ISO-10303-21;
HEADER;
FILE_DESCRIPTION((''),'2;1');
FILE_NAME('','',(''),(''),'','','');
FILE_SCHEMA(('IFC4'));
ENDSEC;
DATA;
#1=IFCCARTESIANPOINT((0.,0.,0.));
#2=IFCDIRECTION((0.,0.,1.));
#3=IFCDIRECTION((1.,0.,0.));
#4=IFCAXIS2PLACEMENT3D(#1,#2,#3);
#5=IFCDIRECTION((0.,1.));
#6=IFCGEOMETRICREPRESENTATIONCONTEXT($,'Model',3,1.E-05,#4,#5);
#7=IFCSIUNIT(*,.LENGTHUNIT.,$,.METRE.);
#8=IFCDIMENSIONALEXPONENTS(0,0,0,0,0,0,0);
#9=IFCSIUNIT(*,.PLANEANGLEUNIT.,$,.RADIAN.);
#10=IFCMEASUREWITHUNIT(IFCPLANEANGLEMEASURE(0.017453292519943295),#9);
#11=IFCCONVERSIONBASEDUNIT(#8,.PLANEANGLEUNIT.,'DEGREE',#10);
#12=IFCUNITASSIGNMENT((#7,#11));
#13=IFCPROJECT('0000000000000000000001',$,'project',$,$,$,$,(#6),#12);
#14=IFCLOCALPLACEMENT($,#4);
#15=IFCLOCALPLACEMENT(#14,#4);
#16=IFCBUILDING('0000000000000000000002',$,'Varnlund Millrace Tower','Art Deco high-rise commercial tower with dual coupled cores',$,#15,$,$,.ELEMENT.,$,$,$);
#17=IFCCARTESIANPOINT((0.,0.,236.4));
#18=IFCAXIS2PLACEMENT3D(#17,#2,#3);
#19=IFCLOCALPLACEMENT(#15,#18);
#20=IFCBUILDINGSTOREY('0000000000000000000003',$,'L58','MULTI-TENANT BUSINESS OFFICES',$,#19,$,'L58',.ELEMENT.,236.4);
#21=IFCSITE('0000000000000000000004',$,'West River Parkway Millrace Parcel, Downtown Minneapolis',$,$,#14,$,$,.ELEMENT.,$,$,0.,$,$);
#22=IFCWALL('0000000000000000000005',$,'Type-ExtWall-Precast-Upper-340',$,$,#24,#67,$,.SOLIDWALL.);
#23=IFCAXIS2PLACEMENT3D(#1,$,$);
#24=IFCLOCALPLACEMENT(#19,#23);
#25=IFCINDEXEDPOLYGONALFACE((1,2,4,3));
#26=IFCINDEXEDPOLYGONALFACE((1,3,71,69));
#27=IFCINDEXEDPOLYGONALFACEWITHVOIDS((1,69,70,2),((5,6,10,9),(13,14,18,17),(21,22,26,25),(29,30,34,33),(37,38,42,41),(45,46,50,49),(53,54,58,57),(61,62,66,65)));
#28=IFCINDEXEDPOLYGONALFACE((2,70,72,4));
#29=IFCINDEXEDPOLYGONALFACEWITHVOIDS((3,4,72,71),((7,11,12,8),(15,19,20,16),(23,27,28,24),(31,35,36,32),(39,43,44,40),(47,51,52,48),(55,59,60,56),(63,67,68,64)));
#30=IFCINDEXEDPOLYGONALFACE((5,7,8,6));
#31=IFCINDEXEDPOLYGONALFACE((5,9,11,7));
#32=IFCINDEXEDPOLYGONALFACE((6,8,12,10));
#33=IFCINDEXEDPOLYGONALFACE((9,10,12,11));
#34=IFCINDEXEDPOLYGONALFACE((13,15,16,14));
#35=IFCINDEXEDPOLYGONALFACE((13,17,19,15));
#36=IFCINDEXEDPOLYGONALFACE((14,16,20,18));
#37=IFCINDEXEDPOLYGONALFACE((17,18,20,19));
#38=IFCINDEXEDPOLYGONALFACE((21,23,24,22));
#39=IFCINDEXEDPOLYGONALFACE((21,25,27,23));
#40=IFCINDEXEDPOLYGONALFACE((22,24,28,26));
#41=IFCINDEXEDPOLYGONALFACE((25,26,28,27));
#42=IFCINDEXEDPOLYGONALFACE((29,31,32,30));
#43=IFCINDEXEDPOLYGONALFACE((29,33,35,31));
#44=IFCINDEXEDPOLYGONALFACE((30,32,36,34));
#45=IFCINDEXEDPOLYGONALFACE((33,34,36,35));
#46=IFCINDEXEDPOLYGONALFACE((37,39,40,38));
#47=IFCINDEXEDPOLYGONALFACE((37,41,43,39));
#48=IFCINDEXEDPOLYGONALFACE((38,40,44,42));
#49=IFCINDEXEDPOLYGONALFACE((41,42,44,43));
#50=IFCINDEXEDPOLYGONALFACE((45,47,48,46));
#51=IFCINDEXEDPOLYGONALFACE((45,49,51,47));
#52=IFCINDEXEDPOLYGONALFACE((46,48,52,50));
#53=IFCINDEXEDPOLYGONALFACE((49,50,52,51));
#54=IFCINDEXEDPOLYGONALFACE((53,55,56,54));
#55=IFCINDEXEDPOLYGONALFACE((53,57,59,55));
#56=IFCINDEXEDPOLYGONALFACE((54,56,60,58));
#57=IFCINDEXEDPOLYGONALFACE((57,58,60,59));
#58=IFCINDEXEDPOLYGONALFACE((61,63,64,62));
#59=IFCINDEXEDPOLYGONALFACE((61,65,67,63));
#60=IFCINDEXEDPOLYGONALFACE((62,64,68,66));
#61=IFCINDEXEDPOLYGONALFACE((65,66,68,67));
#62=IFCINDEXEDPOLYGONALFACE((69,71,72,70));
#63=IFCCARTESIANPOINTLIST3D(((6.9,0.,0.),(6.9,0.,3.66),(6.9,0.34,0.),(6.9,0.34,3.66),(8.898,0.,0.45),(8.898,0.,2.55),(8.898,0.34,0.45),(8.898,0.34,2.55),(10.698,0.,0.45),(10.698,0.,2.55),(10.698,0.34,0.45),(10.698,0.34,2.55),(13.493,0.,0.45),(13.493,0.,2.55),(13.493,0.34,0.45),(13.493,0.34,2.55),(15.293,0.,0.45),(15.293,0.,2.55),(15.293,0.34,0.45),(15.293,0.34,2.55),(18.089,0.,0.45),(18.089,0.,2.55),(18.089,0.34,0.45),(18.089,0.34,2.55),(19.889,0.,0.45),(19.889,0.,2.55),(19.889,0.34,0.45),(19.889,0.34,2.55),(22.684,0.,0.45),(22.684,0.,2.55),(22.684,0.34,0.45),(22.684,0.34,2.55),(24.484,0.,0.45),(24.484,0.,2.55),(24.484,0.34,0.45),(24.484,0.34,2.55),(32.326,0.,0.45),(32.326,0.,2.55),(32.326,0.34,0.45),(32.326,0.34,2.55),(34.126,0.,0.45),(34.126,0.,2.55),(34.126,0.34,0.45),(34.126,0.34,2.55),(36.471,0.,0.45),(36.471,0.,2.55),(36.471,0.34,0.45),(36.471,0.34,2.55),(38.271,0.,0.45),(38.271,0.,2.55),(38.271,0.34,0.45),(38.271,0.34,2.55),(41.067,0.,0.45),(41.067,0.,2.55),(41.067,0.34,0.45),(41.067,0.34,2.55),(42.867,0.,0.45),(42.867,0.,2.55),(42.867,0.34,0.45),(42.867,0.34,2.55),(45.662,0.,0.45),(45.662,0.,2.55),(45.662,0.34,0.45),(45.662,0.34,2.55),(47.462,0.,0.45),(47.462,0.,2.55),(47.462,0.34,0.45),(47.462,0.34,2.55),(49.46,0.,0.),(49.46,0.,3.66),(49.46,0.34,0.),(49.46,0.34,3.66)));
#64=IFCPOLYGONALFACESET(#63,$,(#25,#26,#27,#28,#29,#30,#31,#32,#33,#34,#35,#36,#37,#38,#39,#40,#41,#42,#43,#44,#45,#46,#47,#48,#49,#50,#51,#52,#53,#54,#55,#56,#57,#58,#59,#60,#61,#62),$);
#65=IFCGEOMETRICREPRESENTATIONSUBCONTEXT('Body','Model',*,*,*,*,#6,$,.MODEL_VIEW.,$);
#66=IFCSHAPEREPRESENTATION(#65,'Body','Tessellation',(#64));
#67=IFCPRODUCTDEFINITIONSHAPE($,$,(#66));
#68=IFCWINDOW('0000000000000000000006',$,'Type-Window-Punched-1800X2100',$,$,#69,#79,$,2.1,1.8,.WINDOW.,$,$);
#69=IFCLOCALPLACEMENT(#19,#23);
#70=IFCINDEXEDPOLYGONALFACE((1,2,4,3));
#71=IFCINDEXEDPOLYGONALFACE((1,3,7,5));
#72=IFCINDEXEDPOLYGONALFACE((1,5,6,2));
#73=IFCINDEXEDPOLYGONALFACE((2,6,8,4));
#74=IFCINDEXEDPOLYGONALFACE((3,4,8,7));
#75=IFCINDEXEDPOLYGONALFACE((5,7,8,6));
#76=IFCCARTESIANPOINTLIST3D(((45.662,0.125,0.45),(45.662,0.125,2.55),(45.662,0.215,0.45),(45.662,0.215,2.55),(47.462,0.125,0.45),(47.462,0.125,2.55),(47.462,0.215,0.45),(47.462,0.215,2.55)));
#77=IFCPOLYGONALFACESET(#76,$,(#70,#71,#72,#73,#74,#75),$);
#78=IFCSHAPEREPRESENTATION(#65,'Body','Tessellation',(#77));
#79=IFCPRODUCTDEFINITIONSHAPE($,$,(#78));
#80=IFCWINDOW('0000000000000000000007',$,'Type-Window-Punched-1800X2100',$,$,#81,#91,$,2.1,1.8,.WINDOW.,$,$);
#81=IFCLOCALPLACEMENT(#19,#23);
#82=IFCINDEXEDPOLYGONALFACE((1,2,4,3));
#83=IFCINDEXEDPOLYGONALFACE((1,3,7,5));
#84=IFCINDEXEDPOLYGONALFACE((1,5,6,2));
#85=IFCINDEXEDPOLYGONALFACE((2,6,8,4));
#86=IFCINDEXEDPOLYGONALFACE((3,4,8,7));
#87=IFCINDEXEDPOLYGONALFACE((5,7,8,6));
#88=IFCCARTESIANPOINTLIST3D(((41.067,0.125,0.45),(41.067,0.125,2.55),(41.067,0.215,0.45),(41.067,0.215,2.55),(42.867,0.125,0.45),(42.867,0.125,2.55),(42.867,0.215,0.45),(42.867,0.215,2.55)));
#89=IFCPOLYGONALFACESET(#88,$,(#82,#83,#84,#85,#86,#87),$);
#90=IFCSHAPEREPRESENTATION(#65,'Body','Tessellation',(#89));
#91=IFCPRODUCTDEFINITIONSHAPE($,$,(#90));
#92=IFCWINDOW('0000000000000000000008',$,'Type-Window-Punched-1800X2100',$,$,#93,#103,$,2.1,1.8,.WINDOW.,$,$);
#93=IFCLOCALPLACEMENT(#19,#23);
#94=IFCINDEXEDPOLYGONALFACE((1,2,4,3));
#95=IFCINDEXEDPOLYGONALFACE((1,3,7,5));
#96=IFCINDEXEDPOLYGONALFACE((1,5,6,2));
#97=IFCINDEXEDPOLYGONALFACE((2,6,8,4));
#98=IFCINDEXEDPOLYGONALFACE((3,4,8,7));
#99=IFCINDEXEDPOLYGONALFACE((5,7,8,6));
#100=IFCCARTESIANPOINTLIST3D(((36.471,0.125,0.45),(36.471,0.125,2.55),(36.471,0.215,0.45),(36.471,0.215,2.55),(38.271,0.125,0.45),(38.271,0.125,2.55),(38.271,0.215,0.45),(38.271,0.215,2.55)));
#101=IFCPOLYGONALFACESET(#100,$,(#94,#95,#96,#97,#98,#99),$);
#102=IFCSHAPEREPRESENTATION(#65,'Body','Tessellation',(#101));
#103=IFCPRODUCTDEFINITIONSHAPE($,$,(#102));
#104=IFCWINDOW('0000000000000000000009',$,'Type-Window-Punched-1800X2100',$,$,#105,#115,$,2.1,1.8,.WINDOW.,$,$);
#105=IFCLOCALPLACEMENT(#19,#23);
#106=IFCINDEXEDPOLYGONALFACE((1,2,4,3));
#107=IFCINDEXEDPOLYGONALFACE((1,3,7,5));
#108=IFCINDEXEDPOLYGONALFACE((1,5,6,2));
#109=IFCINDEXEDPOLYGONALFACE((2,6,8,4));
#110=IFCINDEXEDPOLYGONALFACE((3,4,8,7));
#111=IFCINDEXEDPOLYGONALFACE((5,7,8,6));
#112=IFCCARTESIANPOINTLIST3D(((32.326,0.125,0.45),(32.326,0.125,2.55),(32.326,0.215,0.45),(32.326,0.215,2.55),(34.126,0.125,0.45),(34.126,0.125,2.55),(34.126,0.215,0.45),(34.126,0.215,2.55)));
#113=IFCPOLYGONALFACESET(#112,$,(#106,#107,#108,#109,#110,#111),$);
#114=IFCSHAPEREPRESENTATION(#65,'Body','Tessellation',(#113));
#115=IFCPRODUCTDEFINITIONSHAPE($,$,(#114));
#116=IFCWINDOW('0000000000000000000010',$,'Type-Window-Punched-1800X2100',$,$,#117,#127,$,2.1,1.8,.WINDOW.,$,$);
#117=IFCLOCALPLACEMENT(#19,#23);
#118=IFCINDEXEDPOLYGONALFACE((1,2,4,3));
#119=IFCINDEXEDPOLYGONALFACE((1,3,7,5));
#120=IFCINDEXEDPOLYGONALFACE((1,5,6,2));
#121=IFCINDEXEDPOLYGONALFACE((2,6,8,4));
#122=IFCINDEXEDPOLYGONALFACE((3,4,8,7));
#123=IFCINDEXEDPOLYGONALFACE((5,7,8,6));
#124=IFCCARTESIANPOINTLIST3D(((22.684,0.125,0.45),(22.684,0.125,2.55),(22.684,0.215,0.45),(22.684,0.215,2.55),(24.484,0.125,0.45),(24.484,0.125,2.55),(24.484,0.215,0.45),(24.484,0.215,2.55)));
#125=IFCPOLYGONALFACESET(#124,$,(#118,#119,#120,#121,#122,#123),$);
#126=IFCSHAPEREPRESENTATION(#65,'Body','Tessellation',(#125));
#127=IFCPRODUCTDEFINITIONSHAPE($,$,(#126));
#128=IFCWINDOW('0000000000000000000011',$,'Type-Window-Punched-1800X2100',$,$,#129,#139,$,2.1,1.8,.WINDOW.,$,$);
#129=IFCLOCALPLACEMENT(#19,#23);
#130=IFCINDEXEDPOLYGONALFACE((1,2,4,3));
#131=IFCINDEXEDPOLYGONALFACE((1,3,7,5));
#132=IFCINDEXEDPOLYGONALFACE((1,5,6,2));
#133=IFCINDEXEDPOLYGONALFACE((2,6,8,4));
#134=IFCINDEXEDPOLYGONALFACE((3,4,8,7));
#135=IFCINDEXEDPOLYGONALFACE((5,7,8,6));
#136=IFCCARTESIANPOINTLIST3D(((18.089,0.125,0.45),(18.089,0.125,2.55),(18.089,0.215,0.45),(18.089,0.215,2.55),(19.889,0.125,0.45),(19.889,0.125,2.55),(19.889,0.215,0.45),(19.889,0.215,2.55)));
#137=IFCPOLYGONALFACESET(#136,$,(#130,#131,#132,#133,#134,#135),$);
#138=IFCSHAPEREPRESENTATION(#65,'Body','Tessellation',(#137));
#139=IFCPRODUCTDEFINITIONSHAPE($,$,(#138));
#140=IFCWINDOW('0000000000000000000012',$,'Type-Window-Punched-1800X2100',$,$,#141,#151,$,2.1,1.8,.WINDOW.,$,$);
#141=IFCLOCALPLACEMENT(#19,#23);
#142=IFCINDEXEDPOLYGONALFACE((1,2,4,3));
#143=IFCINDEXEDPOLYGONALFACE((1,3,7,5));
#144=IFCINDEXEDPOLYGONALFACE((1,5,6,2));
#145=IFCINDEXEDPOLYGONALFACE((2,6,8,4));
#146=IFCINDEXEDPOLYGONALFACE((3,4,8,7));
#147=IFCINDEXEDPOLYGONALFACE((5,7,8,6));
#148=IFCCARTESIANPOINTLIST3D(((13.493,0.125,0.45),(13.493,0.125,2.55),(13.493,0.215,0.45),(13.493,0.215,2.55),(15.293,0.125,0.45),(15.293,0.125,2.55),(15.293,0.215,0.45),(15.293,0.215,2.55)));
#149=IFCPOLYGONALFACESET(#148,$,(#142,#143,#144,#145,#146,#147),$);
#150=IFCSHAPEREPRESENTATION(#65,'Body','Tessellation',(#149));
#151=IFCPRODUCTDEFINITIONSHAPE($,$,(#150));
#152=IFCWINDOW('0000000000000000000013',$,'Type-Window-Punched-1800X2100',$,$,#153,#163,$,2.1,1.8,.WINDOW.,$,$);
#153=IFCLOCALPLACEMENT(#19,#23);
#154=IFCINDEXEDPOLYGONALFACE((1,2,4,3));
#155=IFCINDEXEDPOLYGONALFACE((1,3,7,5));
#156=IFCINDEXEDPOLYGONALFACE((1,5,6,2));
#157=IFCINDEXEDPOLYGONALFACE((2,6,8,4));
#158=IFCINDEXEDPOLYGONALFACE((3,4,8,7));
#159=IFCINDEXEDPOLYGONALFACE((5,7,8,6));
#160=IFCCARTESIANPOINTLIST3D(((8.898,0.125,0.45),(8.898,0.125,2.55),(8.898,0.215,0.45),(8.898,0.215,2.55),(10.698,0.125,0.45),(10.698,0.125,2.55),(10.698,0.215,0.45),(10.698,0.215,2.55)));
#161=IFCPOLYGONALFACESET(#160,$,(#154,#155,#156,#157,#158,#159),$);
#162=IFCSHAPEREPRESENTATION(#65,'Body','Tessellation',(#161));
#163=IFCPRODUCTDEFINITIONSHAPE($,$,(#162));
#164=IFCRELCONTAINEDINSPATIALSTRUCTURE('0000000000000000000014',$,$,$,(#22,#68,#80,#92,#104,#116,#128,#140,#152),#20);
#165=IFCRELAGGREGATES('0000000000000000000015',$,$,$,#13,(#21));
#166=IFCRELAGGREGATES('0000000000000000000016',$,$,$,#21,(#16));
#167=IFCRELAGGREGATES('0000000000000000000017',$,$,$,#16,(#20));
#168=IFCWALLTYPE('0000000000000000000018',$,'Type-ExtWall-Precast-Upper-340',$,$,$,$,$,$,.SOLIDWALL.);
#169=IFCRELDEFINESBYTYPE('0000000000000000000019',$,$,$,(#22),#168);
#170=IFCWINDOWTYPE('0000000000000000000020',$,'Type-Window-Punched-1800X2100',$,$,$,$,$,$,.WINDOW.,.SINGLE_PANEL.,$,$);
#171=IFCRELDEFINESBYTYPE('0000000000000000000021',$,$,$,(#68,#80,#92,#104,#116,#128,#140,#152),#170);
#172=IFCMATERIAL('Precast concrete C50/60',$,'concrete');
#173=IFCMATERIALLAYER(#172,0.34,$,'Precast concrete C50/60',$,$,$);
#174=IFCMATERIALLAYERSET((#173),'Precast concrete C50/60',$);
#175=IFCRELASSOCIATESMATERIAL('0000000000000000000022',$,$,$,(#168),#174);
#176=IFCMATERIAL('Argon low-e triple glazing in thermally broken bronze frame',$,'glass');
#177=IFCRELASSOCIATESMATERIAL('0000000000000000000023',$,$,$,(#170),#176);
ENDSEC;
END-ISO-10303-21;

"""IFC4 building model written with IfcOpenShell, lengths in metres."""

from ifc_helpers import new_model, entity, si_unit, converted_unit, direction, frame, origin_with_axes, origin_2d_with_axis, place, context, subcontext, project, spatial, polyline, rectangle, outline, extrude, material, layer, layer_set, type_object, element, fill, save


model = new_model("IFC4")

# Units and contexts
model_context = context("Model", 3, precision=1e-05, world=origin_with_axes(), true_north=direction((0.0, 1.0)))
body_context = subcontext(model_context, "Body", "Model", "MODEL_VIEW")
ifc_project = project(units=[si_unit("LENGTHUNIT", "METRE"), converted_unit("PLANEANGLEUNIT", "DEGREE", entity("IfcPlaneAngleMeasure", 0.017453292519943295), si_unit("PLANEANGLEUNIT", "RADIAN"), dimensions=[0, 0, 0, 0, 0, 0, 0])], contexts=[model_context])

# Site, building, storey
site_placement = place(None, origin_with_axes())
site = spatial("IfcSite", under=ifc_project, at=site_placement, Name="West River Parkway Millrace Parcel, Downtown Minneapolis", CompositionType="ELEMENT", RefElevation=0.0)
building_placement = place(site_placement, origin_with_axes())
building = spatial("IfcBuilding", under=site, at=building_placement, Name="Varnlund Millrace Tower", Description="Art Deco high-rise commercial tower with dual coupled cores", CompositionType="ELEMENT")
storey_placement = place(building_placement, frame((0.0, 0.0, 236.4), z_axis=(0.0, 0.0, 1.0), x_axis=(1.0, 0.0, 0.0)))
storey = spatial("IfcBuildingStorey", under=building, at=storey_placement, Name="L58", Description="MULTI-TENANT BUSINESS OFFICES", LongName="L58", CompositionType="ELEMENT", Elevation=236.4)

# Shared definitions
ifc_material_1 = material(Name="Precast concrete C50/60", Category="concrete")
ifc_layer_1 = layer(ifc_material_1, 0.34, Name="Precast concrete C50/60")
ifc_layer_set_1 = layer_set([ifc_layer_1], Name="Precast concrete C50/60")
wall_type_1 = type_object("IfcWallType", Name="Type-ExtWall-Precast-Upper-340", PredefinedType="SOLIDWALL", material=ifc_layer_set_1)

# Wall, openings, windows
wall_1_placement = place(storey_placement, frame((49.46, 0.17, 0.0), z_axis=(0.0, 0.0, 1.0), x_axis=(-1.0, 0.0, 0.0)))
wall_1 = element("IfcWall", 1, at=wall_1_placement, inside=storey, type_object=wall_type_1, Name="Type-ExtWall-Precast-Upper-340", PredefinedType="SOLIDWALL", context=body_context, shape_type="SweptSolid", body=[
    extrude(outline(polyline([(0.0, -0.17), (42.56, -0.17), (42.56, 0.17), (0.0, 0.17), (0.0, -0.17)])), origin_with_axes(), (0.0, 0.0, 1.0), 3.66),
])
opening_1_placement = place(wall_1_placement, frame((2.898, 0.0, 0.45), z_axis=(0.0, 0.0, 1.0), x_axis=(1.0, 0.0, 0.0)))
opening_1 = element("IfcOpeningElement", 2, at=opening_1_placement, cuts=wall_1, PredefinedType="OPENING", context=body_context, shape_type="SweptSolid", body=[
    extrude(rectangle(XDim=1.8, YDim=0.36, at=origin_2d_with_axis()), origin_with_axes(), (0.0, 0.0, 1.0), 2.1),
])
opening_2_placement = place(wall_1_placement, frame((7.493, 0.0, 0.45), z_axis=(0.0, 0.0, 1.0), x_axis=(1.0, 0.0, 0.0)))
opening_2 = element("IfcOpeningElement", 3, at=opening_2_placement, cuts=wall_1, PredefinedType="OPENING", context=body_context, shape_type="SweptSolid", body=[
    extrude(rectangle(XDim=1.8, YDim=0.36, at=origin_2d_with_axis()), origin_with_axes(), (0.0, 0.0, 1.0), 2.1),
])
opening_3_placement = place(wall_1_placement, frame((12.089, 0.0, 0.45), z_axis=(0.0, 0.0, 1.0), x_axis=(1.0, 0.0, 0.0)))
opening_3 = element("IfcOpeningElement", 4, at=opening_3_placement, cuts=wall_1, PredefinedType="OPENING", context=body_context, shape_type="SweptSolid", body=[
    extrude(rectangle(XDim=1.8, YDim=0.36, at=origin_2d_with_axis()), origin_with_axes(), (0.0, 0.0, 1.0), 2.1),
])
opening_4_placement = place(wall_1_placement, frame((16.234, 0.0, 0.45), z_axis=(0.0, 0.0, 1.0), x_axis=(1.0, 0.0, 0.0)))
opening_4 = element("IfcOpeningElement", 5, at=opening_4_placement, cuts=wall_1, PredefinedType="OPENING", context=body_context, shape_type="SweptSolid", body=[
    extrude(rectangle(XDim=1.8, YDim=0.36, at=origin_2d_with_axis()), origin_with_axes(), (0.0, 0.0, 1.0), 2.1),
])
opening_5_placement = place(wall_1_placement, frame((25.876, 0.0, 0.45), z_axis=(0.0, 0.0, 1.0), x_axis=(1.0, 0.0, 0.0)))
opening_5 = element("IfcOpeningElement", 6, at=opening_5_placement, cuts=wall_1, PredefinedType="OPENING", context=body_context, shape_type="SweptSolid", body=[
    extrude(rectangle(XDim=1.8, YDim=0.36, at=origin_2d_with_axis()), origin_with_axes(), (0.0, 0.0, 1.0), 2.1),
])
opening_6_placement = place(wall_1_placement, frame((30.471, 0.0, 0.45), z_axis=(0.0, 0.0, 1.0), x_axis=(1.0, 0.0, 0.0)))
opening_6 = element("IfcOpeningElement", 7, at=opening_6_placement, cuts=wall_1, PredefinedType="OPENING", context=body_context, shape_type="SweptSolid", body=[
    extrude(rectangle(XDim=1.8, YDim=0.36, at=origin_2d_with_axis()), origin_with_axes(), (0.0, 0.0, 1.0), 2.1),
])
opening_7_placement = place(wall_1_placement, frame((35.067, 0.0, 0.45), z_axis=(0.0, 0.0, 1.0), x_axis=(1.0, 0.0, 0.0)))
opening_7 = element("IfcOpeningElement", 8, at=opening_7_placement, cuts=wall_1, PredefinedType="OPENING", context=body_context, shape_type="SweptSolid", body=[
    extrude(rectangle(XDim=1.8, YDim=0.36, at=origin_2d_with_axis()), origin_with_axes(), (0.0, 0.0, 1.0), 2.1),
])
opening_8_placement = place(wall_1_placement, frame((39.662, 0.0, 0.45), z_axis=(0.0, 0.0, 1.0), x_axis=(1.0, 0.0, 0.0)))
opening_8 = element("IfcOpeningElement", 9, at=opening_8_placement, cuts=wall_1, PredefinedType="OPENING", context=body_context, shape_type="SweptSolid", body=[
    extrude(rectangle(XDim=1.8, YDim=0.36, at=origin_2d_with_axis()), origin_with_axes(), (0.0, 0.0, 1.0), 2.1),
])
ifc_material_2 = material(Name="Argon low-e triple glazing in thermally broken bronze frame", Category="glass")
window_type = type_object("IfcWindowType", Name="Type-Window-Punched-1800X2100", PartitioningType="SINGLE_PANEL", PredefinedType="WINDOW", material=ifc_material_2)
window_1_placement = place(wall_1_placement, frame((2.898, 0.0, 0.45), z_axis=(0.0, 0.0, 1.0), x_axis=(1.0, 0.0, 0.0)))
window_1 = element("IfcWindow", 10, at=window_1_placement, inside=storey, type_object=window_type, Name="Type-Window-Punched-1800X2100", OverallHeight=2.1, OverallWidth=1.8, PredefinedType="WINDOW", context=body_context, shape_type="SweptSolid", body=[
    extrude(rectangle(XDim=1.8, YDim=0.09, at=origin_2d_with_axis()), origin_with_axes(), (0.0, 0.0, 1.0), 2.1),
])
fill(opening_1, window_1)
window_2_placement = place(wall_1_placement, frame((7.493, 0.0, 0.45), z_axis=(0.0, 0.0, 1.0), x_axis=(1.0, 0.0, 0.0)))
window_2 = element("IfcWindow", 11, at=window_2_placement, inside=storey, type_object=window_type, Name="Type-Window-Punched-1800X2100", OverallHeight=2.1, OverallWidth=1.8, PredefinedType="WINDOW", context=body_context, shape_type="SweptSolid", body=[
    extrude(rectangle(XDim=1.8, YDim=0.09, at=origin_2d_with_axis()), origin_with_axes(), (0.0, 0.0, 1.0), 2.1),
])
fill(opening_2, window_2)
window_3_placement = place(wall_1_placement, frame((12.089, 0.0, 0.45), z_axis=(0.0, 0.0, 1.0), x_axis=(1.0, 0.0, 0.0)))
window_3 = element("IfcWindow", 12, at=window_3_placement, inside=storey, type_object=window_type, Name="Type-Window-Punched-1800X2100", OverallHeight=2.1, OverallWidth=1.8, PredefinedType="WINDOW", context=body_context, shape_type="SweptSolid", body=[
    extrude(rectangle(XDim=1.8, YDim=0.09, at=origin_2d_with_axis()), origin_with_axes(), (0.0, 0.0, 1.0), 2.1),
])
fill(opening_3, window_3)
window_4_placement = place(wall_1_placement, frame((16.234, 0.0, 0.45), z_axis=(0.0, 0.0, 1.0), x_axis=(1.0, 0.0, 0.0)))
window_4 = element("IfcWindow", 13, at=window_4_placement, inside=storey, type_object=window_type, Name="Type-Window-Punched-1800X2100", OverallHeight=2.1, OverallWidth=1.8, PredefinedType="WINDOW", context=body_context, shape_type="SweptSolid", body=[
    extrude(rectangle(XDim=1.8, YDim=0.09, at=origin_2d_with_axis()), origin_with_axes(), (0.0, 0.0, 1.0), 2.1),
])
fill(opening_4, window_4)
window_5_placement = place(wall_1_placement, frame((25.876, 0.0, 0.45), z_axis=(0.0, 0.0, 1.0), x_axis=(1.0, 0.0, 0.0)))
window_5 = element("IfcWindow", 14, at=window_5_placement, inside=storey, type_object=window_type, Name="Type-Window-Punched-1800X2100", OverallHeight=2.1, OverallWidth=1.8, PredefinedType="WINDOW", context=body_context, shape_type="SweptSolid", body=[
    extrude(rectangle(XDim=1.8, YDim=0.09, at=origin_2d_with_axis()), origin_with_axes(), (0.0, 0.0, 1.0), 2.1),
])
fill(opening_5, window_5)
window_6_placement = place(wall_1_placement, frame((30.471, 0.0, 0.45), z_axis=(0.0, 0.0, 1.0), x_axis=(1.0, 0.0, 0.0)))
window_6 = element("IfcWindow", 15, at=window_6_placement, inside=storey, type_object=window_type, Name="Type-Window-Punched-1800X2100", OverallHeight=2.1, OverallWidth=1.8, PredefinedType="WINDOW", context=body_context, shape_type="SweptSolid", body=[
    extrude(rectangle(XDim=1.8, YDim=0.09, at=origin_2d_with_axis()), origin_with_axes(), (0.0, 0.0, 1.0), 2.1),
])
fill(opening_6, window_6)
window_7_placement = place(wall_1_placement, frame((35.067, 0.0, 0.45), z_axis=(0.0, 0.0, 1.0), x_axis=(1.0, 0.0, 0.0)))
window_7 = element("IfcWindow", 16, at=window_7_placement, inside=storey, type_object=window_type, Name="Type-Window-Punched-1800X2100", OverallHeight=2.1, OverallWidth=1.8, PredefinedType="WINDOW", context=body_context, shape_type="SweptSolid", body=[
    extrude(rectangle(XDim=1.8, YDim=0.09, at=origin_2d_with_axis()), origin_with_axes(), (0.0, 0.0, 1.0), 2.1),
])
fill(opening_7, window_7)
window_8_placement = place(wall_1_placement, frame((39.662, 0.0, 0.45), z_axis=(0.0, 0.0, 1.0), x_axis=(1.0, 0.0, 0.0)))
window_8 = element("IfcWindow", 17, at=window_8_placement, inside=storey, type_object=window_type, Name="Type-Window-Punched-1800X2100", OverallHeight=2.1, OverallWidth=1.8, PredefinedType="WINDOW", context=body_context, shape_type="SweptSolid", body=[
    extrude(rectangle(XDim=1.8, YDim=0.09, at=origin_2d_with_axis()), origin_with_axes(), (0.0, 0.0, 1.0), 2.1),
])
fill(opening_8, window_8)

save(model, "model.ifc")
